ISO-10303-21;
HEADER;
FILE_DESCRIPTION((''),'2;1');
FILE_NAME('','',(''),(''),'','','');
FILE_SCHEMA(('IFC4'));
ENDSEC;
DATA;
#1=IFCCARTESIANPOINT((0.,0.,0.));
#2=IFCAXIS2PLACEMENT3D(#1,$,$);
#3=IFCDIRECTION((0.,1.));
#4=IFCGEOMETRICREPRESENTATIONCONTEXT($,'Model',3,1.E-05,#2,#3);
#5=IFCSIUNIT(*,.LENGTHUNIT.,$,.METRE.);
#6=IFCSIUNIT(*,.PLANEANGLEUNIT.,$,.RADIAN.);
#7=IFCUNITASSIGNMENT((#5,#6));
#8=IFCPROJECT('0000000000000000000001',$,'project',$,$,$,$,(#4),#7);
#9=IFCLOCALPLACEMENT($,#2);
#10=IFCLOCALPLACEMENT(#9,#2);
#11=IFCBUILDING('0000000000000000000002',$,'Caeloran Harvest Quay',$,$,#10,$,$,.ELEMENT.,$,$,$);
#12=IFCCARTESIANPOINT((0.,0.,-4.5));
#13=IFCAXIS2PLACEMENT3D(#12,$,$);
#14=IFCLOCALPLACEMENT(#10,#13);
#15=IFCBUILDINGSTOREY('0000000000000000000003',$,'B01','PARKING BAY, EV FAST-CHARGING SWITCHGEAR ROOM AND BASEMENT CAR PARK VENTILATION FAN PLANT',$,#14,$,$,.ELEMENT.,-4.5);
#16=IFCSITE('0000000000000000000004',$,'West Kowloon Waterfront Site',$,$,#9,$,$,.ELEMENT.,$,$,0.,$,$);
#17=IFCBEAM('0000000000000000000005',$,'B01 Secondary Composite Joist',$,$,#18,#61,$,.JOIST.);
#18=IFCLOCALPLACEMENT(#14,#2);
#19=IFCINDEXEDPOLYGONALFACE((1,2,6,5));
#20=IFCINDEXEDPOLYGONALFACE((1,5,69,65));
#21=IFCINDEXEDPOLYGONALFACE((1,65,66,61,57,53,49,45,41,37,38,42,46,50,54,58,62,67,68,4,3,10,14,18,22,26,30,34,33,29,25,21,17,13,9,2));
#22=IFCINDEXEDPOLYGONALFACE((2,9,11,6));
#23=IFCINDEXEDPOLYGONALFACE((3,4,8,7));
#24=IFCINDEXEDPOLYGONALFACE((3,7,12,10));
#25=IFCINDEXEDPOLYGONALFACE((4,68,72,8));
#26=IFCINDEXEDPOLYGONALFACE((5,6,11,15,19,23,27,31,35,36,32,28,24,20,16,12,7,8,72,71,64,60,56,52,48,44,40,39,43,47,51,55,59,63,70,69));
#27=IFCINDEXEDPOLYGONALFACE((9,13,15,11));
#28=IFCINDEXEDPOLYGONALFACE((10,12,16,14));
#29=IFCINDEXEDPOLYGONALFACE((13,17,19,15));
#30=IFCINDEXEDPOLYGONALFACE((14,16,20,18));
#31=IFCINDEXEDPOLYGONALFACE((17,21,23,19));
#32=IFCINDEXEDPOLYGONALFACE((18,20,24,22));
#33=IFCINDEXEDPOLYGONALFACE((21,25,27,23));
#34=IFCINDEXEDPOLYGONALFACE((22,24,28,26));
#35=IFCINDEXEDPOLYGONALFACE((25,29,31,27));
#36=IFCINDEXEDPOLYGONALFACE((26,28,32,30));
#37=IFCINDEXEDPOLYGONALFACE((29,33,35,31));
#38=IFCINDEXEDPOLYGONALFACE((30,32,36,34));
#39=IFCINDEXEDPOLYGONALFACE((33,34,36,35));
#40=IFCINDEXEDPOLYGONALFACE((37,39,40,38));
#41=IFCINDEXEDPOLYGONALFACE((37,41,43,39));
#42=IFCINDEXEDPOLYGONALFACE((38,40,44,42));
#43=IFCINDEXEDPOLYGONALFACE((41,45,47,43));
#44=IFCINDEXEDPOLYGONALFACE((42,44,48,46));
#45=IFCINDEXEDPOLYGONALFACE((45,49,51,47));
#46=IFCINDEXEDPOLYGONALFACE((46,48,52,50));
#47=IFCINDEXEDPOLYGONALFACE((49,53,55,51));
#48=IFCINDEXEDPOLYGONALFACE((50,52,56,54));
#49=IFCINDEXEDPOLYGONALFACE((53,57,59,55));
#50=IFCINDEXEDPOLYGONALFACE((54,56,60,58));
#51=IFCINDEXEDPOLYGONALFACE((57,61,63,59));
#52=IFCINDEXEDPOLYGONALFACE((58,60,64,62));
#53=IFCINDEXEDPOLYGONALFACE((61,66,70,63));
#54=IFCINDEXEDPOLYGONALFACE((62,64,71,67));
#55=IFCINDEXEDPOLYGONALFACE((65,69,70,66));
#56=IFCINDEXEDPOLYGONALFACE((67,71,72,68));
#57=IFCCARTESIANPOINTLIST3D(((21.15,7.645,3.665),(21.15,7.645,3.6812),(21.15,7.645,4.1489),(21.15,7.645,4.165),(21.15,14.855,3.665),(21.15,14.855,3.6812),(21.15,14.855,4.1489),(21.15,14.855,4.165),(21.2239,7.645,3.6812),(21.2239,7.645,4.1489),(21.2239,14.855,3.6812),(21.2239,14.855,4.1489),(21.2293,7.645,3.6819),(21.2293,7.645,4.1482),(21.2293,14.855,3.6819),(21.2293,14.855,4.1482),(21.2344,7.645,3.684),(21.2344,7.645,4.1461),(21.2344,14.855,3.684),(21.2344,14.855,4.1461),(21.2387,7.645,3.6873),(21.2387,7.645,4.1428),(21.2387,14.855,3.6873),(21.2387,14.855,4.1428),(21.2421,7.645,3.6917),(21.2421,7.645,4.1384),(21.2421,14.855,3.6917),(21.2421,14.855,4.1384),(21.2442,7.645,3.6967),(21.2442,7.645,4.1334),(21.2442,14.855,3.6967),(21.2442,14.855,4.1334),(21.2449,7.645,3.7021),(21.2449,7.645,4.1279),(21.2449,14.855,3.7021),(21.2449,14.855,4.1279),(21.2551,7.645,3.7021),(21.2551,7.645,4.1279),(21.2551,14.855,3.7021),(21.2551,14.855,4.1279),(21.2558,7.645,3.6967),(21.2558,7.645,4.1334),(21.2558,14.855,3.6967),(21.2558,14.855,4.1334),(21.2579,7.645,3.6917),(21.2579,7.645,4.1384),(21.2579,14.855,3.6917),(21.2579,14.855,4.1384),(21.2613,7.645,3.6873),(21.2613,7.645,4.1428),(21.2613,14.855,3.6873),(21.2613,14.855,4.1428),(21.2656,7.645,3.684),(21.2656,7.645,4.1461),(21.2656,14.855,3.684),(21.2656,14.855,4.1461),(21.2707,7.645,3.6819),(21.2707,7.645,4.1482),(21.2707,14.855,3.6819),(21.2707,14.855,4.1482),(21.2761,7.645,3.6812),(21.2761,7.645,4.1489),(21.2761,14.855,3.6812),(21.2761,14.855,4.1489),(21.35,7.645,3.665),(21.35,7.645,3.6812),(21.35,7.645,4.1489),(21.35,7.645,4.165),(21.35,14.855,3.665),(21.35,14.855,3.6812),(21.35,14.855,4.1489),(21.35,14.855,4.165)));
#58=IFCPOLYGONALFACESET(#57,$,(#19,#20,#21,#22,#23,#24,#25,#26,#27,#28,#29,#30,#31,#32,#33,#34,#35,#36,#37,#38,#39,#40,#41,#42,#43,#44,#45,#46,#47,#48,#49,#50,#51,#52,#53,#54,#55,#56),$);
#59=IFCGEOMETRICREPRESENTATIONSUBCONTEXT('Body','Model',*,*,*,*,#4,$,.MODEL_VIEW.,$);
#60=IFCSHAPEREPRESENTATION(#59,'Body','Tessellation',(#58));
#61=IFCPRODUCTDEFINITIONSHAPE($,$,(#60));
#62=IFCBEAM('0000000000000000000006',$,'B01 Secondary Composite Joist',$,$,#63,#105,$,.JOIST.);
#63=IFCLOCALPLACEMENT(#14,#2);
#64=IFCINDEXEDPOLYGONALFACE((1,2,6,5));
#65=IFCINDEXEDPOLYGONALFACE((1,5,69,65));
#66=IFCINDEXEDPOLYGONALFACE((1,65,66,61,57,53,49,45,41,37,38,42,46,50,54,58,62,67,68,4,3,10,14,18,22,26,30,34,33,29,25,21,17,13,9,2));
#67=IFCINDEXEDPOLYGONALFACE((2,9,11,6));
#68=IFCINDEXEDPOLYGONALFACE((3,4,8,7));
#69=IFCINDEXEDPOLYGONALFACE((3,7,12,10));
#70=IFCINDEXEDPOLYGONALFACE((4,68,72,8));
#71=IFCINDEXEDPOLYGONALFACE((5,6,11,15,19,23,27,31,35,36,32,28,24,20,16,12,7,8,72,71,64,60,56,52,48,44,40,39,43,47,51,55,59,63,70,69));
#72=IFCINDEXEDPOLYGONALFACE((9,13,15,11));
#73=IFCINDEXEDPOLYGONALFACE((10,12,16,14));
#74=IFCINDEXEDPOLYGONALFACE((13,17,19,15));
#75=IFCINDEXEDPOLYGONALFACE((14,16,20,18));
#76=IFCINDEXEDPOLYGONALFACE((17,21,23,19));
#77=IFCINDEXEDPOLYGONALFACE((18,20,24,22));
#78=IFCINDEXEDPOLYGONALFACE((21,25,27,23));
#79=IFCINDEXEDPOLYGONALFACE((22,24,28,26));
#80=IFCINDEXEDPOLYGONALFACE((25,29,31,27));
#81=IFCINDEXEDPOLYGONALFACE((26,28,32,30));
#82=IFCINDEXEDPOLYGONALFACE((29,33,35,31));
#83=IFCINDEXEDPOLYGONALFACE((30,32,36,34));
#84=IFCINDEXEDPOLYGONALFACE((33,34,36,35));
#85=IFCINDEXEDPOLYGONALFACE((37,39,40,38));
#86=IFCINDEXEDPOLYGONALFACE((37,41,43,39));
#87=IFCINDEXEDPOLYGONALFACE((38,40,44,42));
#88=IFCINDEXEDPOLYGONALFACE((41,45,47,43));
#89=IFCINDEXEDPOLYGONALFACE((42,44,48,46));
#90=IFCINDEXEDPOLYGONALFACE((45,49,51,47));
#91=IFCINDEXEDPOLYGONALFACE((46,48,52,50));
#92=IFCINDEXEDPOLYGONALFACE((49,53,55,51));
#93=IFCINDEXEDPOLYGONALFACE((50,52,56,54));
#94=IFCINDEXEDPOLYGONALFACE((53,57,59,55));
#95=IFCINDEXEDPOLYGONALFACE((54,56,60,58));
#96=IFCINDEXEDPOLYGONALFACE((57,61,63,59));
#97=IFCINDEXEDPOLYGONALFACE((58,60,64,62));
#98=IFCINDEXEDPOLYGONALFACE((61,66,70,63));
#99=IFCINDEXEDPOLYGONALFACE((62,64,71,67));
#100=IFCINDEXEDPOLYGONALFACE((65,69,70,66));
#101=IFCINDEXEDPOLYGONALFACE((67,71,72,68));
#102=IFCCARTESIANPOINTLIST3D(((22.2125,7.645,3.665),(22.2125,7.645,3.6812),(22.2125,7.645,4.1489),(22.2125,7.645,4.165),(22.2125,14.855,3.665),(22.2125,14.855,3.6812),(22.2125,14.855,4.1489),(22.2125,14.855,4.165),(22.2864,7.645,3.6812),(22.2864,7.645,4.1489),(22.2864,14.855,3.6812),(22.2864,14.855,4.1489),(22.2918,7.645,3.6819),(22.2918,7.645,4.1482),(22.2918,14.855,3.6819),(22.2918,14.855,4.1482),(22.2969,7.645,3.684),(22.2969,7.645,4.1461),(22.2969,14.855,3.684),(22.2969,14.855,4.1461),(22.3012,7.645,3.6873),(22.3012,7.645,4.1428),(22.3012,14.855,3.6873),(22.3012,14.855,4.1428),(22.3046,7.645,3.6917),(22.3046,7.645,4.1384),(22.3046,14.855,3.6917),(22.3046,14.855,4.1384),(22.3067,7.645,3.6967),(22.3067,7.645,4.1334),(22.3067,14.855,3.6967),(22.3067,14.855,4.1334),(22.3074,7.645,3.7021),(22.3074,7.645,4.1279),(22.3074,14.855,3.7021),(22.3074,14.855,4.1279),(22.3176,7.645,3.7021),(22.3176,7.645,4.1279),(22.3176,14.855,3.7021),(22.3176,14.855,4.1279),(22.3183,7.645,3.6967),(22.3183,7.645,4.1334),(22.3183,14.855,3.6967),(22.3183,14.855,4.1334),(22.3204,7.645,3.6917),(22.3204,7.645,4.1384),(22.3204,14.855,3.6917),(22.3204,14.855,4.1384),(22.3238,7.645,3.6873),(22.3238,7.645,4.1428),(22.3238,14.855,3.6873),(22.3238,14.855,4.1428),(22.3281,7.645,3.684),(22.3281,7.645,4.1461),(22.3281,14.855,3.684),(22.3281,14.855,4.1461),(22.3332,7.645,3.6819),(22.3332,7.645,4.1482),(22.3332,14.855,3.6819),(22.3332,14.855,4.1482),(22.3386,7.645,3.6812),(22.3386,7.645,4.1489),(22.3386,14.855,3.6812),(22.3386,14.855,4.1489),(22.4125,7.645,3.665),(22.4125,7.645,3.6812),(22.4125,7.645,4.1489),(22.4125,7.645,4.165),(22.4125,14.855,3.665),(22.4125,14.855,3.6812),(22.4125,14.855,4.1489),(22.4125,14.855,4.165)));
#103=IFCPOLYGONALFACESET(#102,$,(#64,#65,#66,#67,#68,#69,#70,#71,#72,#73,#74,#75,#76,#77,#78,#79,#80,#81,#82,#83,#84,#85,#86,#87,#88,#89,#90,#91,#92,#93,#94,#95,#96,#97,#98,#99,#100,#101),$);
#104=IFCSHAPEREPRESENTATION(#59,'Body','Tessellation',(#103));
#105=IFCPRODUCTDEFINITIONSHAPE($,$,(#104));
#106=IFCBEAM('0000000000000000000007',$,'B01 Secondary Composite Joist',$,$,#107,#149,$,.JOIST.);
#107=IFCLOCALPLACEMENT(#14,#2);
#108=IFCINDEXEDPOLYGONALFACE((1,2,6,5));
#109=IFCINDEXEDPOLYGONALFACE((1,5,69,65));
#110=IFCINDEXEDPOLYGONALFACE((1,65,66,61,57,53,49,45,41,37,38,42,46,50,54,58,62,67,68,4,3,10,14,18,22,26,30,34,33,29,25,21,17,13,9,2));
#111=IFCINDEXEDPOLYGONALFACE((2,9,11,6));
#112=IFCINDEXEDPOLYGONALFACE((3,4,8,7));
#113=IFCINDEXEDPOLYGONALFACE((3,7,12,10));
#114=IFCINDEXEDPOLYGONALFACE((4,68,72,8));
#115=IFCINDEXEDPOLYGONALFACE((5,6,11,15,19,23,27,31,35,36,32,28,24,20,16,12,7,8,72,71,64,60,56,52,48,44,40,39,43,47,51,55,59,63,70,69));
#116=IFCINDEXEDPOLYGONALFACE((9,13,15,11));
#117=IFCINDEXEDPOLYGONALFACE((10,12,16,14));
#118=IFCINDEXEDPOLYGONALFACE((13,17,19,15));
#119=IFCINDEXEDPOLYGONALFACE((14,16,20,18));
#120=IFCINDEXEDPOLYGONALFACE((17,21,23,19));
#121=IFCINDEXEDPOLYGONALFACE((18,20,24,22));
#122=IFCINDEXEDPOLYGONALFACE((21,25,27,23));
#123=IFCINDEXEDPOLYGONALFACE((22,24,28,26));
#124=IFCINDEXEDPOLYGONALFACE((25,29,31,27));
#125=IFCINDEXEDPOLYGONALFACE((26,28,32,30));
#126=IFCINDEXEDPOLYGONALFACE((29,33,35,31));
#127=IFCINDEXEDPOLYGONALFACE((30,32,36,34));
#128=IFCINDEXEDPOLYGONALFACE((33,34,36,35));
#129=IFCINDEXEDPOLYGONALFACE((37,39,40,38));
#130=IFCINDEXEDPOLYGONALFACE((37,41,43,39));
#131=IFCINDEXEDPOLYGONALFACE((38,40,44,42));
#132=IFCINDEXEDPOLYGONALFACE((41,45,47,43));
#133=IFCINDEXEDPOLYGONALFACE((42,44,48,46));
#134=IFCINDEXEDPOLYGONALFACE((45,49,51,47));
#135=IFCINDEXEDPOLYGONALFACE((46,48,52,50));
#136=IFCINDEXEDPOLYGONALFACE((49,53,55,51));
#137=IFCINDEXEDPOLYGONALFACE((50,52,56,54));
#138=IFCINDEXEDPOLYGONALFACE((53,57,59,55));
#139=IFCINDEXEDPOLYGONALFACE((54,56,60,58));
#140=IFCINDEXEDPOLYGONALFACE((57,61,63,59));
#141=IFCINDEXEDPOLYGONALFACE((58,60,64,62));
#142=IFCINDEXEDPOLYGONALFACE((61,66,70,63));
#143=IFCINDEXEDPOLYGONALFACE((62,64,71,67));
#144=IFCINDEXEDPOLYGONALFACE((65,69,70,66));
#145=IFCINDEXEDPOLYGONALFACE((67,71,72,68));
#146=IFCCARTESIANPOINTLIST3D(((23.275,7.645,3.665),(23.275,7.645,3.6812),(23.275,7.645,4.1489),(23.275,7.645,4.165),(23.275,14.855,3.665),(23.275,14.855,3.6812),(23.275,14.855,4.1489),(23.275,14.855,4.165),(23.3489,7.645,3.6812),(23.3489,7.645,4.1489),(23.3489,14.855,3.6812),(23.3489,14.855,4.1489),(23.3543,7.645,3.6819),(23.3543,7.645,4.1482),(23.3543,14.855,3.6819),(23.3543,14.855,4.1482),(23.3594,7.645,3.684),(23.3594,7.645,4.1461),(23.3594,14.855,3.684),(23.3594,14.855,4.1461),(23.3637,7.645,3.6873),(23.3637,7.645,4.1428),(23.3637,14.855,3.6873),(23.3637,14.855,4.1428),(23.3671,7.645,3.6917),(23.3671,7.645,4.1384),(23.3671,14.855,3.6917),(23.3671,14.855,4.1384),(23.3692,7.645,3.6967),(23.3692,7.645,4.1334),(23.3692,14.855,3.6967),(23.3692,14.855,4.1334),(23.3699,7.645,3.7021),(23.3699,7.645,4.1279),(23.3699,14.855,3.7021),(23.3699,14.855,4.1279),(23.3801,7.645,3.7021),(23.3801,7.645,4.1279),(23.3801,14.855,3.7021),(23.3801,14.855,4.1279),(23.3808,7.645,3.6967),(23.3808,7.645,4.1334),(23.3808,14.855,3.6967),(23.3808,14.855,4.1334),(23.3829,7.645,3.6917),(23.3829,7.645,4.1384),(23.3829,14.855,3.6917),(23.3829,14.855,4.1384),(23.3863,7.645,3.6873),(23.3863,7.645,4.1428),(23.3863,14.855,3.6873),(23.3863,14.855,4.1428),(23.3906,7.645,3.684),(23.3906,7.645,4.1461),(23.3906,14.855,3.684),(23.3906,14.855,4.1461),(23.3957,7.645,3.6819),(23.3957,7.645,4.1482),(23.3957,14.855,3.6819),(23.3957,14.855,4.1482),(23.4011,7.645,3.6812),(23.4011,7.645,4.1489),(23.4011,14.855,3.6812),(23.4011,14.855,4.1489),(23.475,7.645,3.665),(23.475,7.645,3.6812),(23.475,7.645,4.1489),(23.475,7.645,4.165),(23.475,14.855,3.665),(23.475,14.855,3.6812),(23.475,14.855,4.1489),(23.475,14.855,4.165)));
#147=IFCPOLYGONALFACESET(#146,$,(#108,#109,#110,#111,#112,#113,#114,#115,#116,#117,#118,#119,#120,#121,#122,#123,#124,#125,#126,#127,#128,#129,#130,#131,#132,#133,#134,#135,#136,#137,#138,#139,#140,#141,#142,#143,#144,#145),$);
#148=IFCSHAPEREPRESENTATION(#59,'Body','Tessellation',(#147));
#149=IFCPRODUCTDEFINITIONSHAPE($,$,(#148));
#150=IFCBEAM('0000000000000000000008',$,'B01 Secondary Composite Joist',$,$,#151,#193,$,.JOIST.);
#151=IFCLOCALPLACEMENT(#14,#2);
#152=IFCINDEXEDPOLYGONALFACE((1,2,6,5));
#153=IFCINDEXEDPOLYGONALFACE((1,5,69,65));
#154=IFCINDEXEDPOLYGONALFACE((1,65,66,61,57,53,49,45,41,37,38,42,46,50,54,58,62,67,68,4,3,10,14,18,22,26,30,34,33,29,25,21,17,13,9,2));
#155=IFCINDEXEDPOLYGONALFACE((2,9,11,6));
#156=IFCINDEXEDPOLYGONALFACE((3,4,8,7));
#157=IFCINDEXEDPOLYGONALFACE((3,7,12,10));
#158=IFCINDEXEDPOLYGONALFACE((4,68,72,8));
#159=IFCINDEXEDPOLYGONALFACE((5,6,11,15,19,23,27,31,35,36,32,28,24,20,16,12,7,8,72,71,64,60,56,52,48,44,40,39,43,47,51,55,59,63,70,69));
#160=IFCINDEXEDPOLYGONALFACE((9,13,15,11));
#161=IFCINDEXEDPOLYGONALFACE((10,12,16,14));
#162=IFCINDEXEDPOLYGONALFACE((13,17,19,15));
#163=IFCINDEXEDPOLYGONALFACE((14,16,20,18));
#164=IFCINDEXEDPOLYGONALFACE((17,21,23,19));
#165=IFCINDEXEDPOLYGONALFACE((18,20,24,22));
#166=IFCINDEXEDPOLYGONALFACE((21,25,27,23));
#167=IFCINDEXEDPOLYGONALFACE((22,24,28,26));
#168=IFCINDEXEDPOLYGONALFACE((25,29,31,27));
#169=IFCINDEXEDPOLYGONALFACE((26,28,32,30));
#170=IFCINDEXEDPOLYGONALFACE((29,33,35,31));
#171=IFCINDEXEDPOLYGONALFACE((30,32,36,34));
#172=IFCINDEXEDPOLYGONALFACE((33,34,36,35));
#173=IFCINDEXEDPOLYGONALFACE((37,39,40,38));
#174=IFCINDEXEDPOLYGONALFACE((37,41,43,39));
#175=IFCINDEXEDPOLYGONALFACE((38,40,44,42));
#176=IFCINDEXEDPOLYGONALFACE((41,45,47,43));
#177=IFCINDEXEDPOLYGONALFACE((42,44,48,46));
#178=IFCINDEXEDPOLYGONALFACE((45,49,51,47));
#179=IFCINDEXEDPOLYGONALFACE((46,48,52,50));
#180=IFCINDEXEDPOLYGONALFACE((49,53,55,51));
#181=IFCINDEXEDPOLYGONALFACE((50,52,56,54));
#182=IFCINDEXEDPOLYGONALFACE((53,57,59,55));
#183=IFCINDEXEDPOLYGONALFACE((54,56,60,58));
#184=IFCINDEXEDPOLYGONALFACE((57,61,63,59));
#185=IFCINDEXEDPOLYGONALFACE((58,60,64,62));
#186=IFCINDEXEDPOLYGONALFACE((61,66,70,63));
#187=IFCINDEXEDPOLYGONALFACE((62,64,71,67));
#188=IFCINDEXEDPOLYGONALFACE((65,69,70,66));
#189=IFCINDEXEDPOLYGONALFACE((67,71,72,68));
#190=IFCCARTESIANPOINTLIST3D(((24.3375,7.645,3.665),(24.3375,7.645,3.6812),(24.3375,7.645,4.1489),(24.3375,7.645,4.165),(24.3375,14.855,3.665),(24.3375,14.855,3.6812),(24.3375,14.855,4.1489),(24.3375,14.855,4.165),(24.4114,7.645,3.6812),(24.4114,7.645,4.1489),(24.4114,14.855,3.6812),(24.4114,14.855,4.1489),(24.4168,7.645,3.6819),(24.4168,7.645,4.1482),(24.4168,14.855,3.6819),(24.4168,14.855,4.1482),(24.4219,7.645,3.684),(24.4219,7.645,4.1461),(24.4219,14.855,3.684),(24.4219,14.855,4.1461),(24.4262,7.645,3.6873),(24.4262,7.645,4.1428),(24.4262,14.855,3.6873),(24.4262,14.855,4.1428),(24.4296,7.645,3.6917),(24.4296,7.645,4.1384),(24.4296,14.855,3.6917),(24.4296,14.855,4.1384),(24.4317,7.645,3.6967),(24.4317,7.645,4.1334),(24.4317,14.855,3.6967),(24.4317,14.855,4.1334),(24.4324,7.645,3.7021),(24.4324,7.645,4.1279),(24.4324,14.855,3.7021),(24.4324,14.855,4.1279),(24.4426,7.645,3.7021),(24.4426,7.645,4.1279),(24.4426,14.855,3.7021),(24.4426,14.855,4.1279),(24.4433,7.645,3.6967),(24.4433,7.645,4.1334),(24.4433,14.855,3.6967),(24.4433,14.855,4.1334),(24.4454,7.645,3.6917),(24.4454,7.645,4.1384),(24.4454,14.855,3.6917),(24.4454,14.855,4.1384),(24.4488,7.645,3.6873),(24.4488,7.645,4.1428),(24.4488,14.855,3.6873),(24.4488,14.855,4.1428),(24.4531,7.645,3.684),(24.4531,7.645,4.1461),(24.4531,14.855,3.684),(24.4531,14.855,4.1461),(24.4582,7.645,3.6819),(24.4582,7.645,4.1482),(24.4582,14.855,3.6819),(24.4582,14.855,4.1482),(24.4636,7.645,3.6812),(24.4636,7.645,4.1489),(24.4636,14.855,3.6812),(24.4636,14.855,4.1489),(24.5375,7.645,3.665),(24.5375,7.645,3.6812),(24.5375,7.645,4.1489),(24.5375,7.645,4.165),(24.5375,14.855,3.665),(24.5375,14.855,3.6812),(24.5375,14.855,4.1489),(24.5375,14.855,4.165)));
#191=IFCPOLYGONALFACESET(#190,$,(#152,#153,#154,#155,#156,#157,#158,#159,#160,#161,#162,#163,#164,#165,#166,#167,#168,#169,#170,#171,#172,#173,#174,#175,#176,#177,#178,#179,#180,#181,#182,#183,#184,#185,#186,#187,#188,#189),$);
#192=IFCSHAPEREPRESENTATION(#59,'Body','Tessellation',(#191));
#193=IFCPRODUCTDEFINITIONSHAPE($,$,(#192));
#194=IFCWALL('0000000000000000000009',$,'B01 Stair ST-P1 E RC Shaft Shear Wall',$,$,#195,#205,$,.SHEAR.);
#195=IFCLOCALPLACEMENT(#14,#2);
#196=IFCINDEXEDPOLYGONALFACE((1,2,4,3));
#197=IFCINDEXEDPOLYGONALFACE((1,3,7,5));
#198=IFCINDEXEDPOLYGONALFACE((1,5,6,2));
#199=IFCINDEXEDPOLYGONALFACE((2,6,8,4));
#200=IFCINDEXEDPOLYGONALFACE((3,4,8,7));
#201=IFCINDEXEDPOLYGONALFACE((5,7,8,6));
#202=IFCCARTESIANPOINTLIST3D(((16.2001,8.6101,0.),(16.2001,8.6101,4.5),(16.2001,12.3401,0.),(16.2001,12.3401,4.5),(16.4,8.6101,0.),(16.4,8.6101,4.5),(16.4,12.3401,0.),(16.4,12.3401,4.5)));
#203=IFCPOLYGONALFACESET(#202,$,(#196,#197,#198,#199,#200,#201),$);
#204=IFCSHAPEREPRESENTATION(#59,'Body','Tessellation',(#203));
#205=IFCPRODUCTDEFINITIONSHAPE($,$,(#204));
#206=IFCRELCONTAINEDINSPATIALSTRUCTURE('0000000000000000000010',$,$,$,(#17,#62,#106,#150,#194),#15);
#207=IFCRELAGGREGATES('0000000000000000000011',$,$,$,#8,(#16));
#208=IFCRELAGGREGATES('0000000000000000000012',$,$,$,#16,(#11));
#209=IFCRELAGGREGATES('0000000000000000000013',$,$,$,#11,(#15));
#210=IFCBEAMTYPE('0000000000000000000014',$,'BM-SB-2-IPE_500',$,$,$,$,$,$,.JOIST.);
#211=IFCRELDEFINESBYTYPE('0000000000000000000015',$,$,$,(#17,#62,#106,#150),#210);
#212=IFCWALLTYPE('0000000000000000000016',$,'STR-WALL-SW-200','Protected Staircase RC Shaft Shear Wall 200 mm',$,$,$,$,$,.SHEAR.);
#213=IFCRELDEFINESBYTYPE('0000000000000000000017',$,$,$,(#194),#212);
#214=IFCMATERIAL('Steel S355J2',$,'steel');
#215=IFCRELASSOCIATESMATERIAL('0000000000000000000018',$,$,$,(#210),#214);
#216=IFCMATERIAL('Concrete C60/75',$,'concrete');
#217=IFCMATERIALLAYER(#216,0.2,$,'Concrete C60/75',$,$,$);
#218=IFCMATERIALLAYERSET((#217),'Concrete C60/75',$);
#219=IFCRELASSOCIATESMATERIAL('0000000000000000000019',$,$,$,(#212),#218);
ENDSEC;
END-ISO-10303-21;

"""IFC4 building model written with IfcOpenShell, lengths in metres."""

from ifc_helpers import new_model, si_unit, direction, frame, frame_2d, origin, origin_2d, place, context, subcontext, project, spatial, rectangle, i_section, extrude, material, layer, layer_set, material_profile, profile_set, type_object, element, save


model = new_model("IFC4")

# Units and contexts
model_context = context("Model", 3, precision=1e-05, world=origin(), true_north=direction((0.0, 1.0)))
body_context = subcontext(model_context, "Body", "Model", "MODEL_VIEW")
ifc_project = project(units=[si_unit("LENGTHUNIT", "METRE"), si_unit("PLANEANGLEUNIT", "RADIAN")], contexts=[model_context])

# Site, building, storey
site_placement = place(None, origin())
site = spatial("IfcSite", under=ifc_project, at=site_placement, Name="West Kowloon Waterfront Site", CompositionType="ELEMENT", RefElevation=0.0)
building_placement = place(site_placement, origin())
building = spatial("IfcBuilding", under=site, at=building_placement, Name="Caeloran Harvest Quay", CompositionType="ELEMENT")
storey_placement = place(building_placement, frame((0.0, 0.0, -4.5)))
storey = spatial("IfcBuildingStorey", under=building, at=storey_placement, Name="B01", Description="PARKING BAY, EV FAST-CHARGING SWITCHGEAR ROOM AND BASEMENT CAR PARK VENTILATION FAN PLANT", CompositionType="ELEMENT", Elevation=-4.5)

# Beams
ifc_material_1 = material(Name="Steel S355J2", Category="steel")
ifc_material_profile_1 = material_profile(ifc_material_1, i_section(OverallWidth=0.2, OverallDepth=0.5, WebThickness=0.0103, FlangeThickness=0.0161, FilletRadius=0.021, at=origin_2d()), Name="IPE 500")
ifc_profile_set_1 = profile_set([ifc_material_profile_1], Name="Steel S355J2")
beam_type_1 = type_object("IfcBeamType", Name="BM-SB-2-IPE_500", PredefinedType="JOIST", material=ifc_profile_set_1)
for number, where, z_axis, x_axis, name in (
    (1, (21.25, 7.645, 3.915), (0.0, 1.0, 0.0), (-1.0, 0.0, 0.0), "B01 Secondary Composite Joist"),
    (2, (22.3125, 7.645, 3.915), (0.0, 1.0, 0.0), (-1.0, 0.0, 0.0), "B01 Secondary Composite Joist"),
    (3, (23.375, 7.645, 3.915), (0.0, 1.0, 0.0), (-1.0, 0.0, 0.0), "B01 Secondary Composite Joist"),
    (4, (24.4375, 7.645, 3.915), (0.0, 1.0, 0.0), (-1.0, 0.0, 0.0), "B01 Secondary Composite Joist"),
):
    element("IfcBeam", number, at=place(storey_placement, frame(where, z_axis=z_axis, x_axis=x_axis)), inside=storey, type_object=beam_type_1, Name=name, PredefinedType="JOIST", context=body_context, shape_type="SweptSolid", body=[
        extrude(i_section(OverallWidth=0.2, OverallDepth=0.5, WebThickness=0.0103, FlangeThickness=0.0161, FilletRadius=0.021, at=origin_2d()), origin(), (0.0, 0.0, 1.0), 7.21),
    ])

# Wall
ifc_material_2 = material(Name="Concrete C60/75", Category="concrete")
ifc_layer = layer(ifc_material_2, 0.2, Name="Concrete C60/75")
ifc_layer_set = layer_set([ifc_layer], Name="Concrete C60/75")
wall_type = type_object("IfcWallType", Name="STR-WALL-SW-200", Description="Protected Staircase RC Shaft Shear Wall 200 mm", PredefinedType="SHEAR", material=ifc_layer_set)
wall_placement = place(storey_placement, frame((16.3, 8.6101, 0.0), z_axis=(0.0, 0.0, 1.0), x_axis=(0.0, 1.0, 0.0)))
element("IfcWall", 5, at=wall_placement, inside=storey, type_object=wall_type, Name="B01 Stair ST-P1 E RC Shaft Shear Wall", PredefinedType="SHEAR", context=body_context, shape_type="SweptSolid", body=[
    extrude(rectangle(XDim=3.73, YDim=0.2, at=frame_2d((1.865, 0.0))), origin(), (0.0, 0.0, 1.0), 4.5),
])

save(model, "model.ifc")
